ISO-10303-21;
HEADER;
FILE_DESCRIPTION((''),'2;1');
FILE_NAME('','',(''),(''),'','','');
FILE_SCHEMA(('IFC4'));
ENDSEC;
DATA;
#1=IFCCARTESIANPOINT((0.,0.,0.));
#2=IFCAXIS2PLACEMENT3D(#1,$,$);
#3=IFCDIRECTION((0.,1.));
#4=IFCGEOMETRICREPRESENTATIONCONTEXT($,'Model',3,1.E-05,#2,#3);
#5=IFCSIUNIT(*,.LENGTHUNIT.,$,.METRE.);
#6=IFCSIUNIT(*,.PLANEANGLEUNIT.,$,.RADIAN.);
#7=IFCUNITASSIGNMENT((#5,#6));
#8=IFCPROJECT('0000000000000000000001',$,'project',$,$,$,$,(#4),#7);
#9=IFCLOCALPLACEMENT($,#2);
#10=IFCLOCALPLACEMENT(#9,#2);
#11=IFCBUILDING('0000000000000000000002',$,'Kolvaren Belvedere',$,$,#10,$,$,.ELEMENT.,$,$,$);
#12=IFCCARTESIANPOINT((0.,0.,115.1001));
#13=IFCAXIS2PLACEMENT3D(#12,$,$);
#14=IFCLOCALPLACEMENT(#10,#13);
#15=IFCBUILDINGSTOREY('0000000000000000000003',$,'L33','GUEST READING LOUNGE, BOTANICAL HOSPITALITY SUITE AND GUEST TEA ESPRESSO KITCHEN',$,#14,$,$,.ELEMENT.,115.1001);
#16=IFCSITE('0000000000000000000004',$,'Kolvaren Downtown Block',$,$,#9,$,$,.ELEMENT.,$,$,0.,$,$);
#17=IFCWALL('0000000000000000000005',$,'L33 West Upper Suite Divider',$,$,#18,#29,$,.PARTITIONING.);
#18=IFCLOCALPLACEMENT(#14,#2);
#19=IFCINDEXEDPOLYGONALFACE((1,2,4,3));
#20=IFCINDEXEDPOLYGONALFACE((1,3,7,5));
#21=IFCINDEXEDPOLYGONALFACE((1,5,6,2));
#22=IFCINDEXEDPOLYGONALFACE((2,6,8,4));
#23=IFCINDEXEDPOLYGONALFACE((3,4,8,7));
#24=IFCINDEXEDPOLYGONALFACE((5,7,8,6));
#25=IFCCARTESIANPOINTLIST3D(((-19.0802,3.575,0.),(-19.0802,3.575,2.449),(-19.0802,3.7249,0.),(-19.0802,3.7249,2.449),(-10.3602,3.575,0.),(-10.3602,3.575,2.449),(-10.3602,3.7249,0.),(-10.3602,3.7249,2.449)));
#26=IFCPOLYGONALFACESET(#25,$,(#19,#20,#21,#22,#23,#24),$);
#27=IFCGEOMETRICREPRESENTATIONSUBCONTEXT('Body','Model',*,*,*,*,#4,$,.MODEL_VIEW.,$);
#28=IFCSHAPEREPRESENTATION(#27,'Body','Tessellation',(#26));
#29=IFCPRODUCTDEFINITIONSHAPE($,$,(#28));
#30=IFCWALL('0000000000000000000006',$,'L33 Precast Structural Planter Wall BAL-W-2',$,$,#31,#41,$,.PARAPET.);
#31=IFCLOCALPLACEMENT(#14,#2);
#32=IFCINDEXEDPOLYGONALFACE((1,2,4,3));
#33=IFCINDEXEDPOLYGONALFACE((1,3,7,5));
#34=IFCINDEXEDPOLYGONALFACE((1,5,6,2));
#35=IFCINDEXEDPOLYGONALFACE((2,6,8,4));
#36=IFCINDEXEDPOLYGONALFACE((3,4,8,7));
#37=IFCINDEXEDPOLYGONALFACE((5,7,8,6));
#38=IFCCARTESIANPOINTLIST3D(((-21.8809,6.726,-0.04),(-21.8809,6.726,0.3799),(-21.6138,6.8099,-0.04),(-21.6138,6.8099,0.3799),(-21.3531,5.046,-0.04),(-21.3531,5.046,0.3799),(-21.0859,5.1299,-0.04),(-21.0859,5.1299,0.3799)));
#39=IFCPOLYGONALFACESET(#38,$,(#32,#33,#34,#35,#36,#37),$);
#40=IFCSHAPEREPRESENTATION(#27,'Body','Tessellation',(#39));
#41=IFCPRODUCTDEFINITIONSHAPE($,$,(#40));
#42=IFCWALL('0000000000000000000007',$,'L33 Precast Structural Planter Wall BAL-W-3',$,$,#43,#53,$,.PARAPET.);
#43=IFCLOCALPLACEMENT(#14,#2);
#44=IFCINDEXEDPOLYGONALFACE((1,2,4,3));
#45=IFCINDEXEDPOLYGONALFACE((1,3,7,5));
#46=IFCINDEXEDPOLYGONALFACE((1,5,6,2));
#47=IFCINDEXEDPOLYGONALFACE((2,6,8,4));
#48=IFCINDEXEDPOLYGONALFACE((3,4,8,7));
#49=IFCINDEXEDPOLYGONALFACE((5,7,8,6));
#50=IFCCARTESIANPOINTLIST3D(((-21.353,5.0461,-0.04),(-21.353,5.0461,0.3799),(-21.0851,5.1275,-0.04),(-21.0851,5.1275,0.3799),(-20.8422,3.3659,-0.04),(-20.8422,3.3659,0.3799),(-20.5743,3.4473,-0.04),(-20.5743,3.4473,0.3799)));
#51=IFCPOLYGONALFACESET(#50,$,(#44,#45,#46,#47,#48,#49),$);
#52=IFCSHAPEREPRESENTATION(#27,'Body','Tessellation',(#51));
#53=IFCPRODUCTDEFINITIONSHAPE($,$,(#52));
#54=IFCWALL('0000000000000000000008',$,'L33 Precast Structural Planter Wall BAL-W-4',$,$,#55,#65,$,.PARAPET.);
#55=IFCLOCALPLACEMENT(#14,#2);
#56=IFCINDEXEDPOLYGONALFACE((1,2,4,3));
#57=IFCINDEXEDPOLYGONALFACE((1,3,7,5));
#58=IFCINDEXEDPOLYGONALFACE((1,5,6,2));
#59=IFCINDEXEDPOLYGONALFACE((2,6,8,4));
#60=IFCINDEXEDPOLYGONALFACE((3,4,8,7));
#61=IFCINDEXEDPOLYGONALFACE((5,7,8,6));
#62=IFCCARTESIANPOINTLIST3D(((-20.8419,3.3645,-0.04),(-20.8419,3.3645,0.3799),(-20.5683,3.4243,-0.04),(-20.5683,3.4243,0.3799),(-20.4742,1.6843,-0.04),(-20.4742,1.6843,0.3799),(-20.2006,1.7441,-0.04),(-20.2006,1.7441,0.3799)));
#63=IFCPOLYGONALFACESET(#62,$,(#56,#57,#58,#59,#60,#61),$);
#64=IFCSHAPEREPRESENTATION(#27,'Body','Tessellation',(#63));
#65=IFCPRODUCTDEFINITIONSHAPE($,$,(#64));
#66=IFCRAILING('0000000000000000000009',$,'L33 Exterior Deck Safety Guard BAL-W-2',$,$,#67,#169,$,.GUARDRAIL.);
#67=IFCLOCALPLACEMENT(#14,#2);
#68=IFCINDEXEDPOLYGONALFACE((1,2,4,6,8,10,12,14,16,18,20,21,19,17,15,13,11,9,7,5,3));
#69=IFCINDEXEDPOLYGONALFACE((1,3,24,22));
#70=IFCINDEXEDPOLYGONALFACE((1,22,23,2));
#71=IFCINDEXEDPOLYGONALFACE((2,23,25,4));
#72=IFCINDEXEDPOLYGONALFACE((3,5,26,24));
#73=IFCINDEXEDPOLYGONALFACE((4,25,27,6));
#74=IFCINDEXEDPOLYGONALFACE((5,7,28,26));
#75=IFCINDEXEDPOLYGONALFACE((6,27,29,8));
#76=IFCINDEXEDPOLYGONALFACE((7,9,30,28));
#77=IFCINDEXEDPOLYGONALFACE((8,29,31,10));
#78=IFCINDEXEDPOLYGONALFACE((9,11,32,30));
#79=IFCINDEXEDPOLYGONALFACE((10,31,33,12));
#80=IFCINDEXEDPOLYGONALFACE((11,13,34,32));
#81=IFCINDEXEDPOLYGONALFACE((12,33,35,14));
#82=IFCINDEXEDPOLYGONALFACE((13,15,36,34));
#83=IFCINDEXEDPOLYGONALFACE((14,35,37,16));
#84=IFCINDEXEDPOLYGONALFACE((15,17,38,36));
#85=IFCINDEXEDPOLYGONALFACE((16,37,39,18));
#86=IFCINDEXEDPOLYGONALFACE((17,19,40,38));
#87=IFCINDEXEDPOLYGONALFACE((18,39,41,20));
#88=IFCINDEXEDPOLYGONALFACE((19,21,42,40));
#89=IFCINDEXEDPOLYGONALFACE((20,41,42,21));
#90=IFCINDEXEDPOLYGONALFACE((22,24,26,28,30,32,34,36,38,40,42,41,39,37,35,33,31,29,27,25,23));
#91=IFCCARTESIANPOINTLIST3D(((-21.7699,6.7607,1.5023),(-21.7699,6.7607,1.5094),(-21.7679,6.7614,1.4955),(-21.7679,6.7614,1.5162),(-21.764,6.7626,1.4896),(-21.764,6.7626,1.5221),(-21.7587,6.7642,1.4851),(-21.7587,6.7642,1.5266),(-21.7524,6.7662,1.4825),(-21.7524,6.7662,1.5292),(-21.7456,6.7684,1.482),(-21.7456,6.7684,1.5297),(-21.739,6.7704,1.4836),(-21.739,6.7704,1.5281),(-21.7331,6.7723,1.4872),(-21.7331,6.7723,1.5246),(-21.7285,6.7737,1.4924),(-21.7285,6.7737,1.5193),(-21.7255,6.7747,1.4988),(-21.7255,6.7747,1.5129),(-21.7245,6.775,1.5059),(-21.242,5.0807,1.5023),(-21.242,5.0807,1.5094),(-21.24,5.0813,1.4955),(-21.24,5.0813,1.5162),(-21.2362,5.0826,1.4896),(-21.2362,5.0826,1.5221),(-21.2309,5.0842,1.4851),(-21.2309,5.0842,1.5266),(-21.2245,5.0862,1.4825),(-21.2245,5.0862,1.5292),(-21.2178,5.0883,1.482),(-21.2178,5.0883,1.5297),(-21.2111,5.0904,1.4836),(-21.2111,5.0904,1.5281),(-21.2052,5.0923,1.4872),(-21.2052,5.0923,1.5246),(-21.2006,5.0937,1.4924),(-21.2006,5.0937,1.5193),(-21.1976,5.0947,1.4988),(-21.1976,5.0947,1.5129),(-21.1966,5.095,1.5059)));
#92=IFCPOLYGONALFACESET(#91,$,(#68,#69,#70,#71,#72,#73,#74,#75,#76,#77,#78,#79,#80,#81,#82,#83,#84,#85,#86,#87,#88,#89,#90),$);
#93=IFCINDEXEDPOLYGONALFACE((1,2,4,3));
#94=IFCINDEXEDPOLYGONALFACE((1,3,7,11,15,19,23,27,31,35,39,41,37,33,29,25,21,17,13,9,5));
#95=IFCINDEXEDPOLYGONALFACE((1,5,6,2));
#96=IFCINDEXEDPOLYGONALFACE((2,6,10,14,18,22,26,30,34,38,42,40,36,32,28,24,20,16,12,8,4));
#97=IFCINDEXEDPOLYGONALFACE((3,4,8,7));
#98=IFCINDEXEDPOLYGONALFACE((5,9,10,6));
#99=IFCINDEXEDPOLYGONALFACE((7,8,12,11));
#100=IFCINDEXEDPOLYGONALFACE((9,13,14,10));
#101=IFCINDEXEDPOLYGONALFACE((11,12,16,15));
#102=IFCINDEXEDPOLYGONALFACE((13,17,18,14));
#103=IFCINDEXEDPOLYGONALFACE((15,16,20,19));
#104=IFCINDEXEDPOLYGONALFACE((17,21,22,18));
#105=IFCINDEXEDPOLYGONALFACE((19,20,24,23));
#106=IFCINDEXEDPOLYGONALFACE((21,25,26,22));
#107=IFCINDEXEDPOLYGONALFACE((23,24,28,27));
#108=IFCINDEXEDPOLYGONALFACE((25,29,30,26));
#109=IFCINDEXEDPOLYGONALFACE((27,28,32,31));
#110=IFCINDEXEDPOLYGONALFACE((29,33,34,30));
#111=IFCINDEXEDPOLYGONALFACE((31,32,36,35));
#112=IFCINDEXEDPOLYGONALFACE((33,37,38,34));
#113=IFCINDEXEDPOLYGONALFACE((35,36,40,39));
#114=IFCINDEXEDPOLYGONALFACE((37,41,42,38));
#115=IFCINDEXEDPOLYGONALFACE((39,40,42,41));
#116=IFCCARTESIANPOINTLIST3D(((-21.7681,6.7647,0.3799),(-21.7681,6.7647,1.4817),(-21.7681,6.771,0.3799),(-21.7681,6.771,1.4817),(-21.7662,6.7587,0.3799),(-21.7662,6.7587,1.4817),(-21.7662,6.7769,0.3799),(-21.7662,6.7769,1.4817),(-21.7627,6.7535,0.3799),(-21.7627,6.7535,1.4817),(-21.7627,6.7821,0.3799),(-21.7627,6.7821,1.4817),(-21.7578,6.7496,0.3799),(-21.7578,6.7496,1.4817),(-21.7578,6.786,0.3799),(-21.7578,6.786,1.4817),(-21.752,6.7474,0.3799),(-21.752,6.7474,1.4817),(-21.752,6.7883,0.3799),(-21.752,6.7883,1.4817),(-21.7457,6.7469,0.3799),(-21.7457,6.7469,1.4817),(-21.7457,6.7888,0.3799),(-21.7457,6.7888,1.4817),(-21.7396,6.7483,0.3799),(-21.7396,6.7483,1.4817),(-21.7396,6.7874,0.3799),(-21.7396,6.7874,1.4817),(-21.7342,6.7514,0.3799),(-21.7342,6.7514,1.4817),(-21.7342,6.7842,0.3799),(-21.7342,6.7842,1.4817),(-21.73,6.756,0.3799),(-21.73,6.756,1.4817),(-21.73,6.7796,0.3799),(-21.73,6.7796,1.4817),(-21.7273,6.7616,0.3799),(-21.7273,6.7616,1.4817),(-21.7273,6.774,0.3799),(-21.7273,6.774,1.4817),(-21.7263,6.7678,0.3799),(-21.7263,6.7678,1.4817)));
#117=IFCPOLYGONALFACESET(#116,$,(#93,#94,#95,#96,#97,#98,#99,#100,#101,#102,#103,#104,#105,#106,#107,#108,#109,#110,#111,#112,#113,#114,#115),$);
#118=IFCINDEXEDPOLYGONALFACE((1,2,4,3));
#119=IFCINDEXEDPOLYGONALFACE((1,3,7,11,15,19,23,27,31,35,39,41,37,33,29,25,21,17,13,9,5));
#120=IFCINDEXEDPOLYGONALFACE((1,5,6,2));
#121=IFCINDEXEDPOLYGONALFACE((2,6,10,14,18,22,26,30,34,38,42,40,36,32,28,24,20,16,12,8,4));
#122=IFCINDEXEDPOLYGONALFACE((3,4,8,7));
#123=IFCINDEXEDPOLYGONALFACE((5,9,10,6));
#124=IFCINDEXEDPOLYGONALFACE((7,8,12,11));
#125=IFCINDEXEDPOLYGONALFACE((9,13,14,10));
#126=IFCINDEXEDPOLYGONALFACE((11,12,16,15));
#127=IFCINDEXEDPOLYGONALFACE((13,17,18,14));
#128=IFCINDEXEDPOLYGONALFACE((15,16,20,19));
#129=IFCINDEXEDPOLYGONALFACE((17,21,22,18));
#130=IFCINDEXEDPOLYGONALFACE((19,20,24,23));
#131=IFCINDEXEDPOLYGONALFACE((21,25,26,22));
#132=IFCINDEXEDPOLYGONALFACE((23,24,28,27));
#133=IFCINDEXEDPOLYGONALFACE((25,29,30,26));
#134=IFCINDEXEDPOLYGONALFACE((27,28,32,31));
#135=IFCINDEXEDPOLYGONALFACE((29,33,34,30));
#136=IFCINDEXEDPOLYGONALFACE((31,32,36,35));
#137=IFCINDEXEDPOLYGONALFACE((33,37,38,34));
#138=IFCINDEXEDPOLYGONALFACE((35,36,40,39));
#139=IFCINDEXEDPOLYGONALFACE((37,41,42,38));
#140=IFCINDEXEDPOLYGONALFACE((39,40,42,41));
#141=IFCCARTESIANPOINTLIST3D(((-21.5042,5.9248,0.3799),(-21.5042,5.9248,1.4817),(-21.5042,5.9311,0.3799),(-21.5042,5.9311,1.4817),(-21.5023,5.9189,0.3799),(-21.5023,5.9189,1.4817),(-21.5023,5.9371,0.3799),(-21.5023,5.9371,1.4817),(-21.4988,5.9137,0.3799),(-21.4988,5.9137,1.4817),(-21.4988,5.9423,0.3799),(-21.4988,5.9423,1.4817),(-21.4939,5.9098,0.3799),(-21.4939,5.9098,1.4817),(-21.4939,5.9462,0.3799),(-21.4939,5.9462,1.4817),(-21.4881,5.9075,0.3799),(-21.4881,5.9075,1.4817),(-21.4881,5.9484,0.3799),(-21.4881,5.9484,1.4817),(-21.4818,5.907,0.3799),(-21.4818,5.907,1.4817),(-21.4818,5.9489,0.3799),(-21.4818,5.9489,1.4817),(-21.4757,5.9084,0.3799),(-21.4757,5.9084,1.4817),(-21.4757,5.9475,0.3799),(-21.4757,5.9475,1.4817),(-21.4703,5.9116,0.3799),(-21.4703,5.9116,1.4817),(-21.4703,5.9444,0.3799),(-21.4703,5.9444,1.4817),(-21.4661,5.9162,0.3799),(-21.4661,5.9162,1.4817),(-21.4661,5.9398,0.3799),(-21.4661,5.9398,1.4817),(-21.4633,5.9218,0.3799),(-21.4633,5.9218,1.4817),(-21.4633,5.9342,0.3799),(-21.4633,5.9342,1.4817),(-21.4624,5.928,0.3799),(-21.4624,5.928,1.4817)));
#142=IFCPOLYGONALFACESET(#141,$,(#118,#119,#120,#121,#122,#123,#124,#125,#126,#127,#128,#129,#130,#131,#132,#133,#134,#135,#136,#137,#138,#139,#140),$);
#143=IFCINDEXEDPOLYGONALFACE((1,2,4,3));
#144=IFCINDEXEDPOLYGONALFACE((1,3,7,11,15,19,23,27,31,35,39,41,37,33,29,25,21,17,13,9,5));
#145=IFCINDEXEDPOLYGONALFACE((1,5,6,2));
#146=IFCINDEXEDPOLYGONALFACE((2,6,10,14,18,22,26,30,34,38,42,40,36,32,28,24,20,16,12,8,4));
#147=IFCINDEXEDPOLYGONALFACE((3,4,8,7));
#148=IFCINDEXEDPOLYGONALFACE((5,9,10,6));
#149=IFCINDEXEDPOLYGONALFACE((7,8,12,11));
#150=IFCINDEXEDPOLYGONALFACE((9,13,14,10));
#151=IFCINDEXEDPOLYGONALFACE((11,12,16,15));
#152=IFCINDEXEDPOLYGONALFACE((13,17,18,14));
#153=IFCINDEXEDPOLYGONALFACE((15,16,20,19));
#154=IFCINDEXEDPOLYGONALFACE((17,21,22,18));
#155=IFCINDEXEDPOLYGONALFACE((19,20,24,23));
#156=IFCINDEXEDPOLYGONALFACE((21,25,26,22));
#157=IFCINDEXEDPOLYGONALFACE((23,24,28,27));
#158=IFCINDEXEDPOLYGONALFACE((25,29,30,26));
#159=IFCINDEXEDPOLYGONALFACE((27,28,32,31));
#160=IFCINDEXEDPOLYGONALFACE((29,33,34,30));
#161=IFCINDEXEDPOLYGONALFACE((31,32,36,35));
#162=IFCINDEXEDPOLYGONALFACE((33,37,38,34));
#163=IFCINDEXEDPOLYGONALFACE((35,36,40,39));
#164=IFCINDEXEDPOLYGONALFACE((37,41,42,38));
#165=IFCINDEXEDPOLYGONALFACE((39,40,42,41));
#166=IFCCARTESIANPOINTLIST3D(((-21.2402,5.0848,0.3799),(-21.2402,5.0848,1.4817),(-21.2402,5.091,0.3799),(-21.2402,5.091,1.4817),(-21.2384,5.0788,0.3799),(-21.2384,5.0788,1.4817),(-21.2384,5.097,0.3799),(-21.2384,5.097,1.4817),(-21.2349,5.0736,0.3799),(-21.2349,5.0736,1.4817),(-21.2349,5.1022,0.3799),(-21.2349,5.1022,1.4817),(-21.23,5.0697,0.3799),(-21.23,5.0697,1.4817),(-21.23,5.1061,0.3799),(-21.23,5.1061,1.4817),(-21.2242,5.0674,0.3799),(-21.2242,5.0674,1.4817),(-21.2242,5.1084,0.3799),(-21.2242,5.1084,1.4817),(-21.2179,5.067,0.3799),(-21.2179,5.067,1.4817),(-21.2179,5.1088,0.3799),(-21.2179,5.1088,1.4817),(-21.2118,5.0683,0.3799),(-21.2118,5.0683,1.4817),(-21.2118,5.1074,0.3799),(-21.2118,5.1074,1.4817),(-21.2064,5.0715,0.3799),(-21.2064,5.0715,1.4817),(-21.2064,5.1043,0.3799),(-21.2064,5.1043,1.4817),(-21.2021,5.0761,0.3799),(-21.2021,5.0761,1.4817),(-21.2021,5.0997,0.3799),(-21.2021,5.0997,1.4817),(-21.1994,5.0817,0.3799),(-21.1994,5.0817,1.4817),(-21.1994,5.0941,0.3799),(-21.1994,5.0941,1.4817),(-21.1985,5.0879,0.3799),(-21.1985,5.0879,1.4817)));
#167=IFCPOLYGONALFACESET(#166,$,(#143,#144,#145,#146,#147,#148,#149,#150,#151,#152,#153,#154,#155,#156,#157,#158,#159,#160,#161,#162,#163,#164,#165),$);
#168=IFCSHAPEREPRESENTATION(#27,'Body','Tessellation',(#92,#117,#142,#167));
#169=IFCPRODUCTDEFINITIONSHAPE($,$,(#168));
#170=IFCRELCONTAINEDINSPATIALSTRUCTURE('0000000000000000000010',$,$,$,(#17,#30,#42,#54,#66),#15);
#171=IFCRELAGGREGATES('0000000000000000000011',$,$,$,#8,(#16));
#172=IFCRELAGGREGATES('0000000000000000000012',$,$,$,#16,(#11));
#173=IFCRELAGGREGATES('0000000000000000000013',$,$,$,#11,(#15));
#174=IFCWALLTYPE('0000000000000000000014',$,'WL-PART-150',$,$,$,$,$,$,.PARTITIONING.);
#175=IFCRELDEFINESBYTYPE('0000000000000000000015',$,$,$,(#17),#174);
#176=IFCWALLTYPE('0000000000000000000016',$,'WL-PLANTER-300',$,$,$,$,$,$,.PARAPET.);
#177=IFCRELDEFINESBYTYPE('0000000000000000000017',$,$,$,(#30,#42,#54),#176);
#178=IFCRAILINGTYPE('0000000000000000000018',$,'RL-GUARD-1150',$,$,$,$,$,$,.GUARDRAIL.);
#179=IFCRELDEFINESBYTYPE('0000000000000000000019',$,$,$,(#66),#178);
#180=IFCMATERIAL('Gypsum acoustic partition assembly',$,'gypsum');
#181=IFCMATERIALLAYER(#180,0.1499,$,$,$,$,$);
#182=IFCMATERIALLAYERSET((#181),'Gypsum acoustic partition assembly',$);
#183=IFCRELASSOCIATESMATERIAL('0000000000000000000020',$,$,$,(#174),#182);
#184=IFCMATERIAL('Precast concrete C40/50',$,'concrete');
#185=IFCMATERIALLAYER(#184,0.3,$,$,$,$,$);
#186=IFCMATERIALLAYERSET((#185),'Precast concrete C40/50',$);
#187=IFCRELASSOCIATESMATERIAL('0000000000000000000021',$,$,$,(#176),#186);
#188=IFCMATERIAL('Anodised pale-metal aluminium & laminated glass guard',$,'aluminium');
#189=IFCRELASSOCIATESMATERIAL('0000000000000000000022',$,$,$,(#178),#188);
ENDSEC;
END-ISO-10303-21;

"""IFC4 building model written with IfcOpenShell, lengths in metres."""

from ifc_helpers import new_model, si_unit, direction, frame, frame_2d, origin, origin_2d, place, context, subcontext, project, spatial, rectangle, circle, extrude, material, layer, layer_set, type_object, element, save


model = new_model("IFC4")

# Units and contexts
model_context = context("Model", 3, precision=1e-05, world=origin(), true_north=direction((0.0, 1.0)))
body_context = subcontext(model_context, "Body", "Model", "MODEL_VIEW")
ifc_project = project(units=[si_unit("LENGTHUNIT", "METRE"), si_unit("PLANEANGLEUNIT", "RADIAN")], contexts=[model_context])

# Site, building, storey
site_placement = place(None, origin())
site = spatial("IfcSite", under=ifc_project, at=site_placement, Name="Kolvaren Downtown Block", CompositionType="ELEMENT", RefElevation=0.0)
building_placement = place(site_placement, origin())
building = spatial("IfcBuilding", under=site, at=building_placement, Name="Kolvaren Belvedere", CompositionType="ELEMENT")
storey_placement = place(building_placement, frame((0.0, 0.0, 115.1001)))
storey = spatial("IfcBuildingStorey", under=building, at=storey_placement, Name="L33", Description="GUEST READING LOUNGE, BOTANICAL HOSPITALITY SUITE AND GUEST TEA ESPRESSO KITCHEN", CompositionType="ELEMENT", Elevation=115.1001)

# Walls
ifc_material_1 = material(Name="Gypsum acoustic partition assembly", Category="gypsum")
ifc_layer_1 = layer(ifc_material_1, 0.1499)
ifc_layer_set_1 = layer_set([ifc_layer_1], Name="Gypsum acoustic partition assembly")
wall_type_1 = type_object("IfcWallType", Name="WL-PART-150", PredefinedType="PARTITIONING", material=ifc_layer_set_1)
wall_1_placement = place(storey_placement, frame((-19.0801, 3.6499, 0.0), z_axis=(0.0, 0.0, 1.0), x_axis=(1.0, 0.0, 0.0)))
element("IfcWall", 1, at=wall_1_placement, inside=storey, type_object=wall_type_1, Name="L33 West Upper Suite Divider", PredefinedType="PARTITIONING", context=body_context, shape_type="SweptSolid", body=[
    extrude(rectangle(XDim=8.72, YDim=0.1499, at=frame_2d((4.3599, 0.0))), origin(), (0.0, 0.0, 1.0), 2.449),
])
ifc_material_2 = material(Name="Precast concrete C40/50", Category="concrete")
ifc_layer_2 = layer(ifc_material_2, 0.3)
ifc_layer_set_2 = layer_set([ifc_layer_2], Name="Precast concrete C40/50")
wall_type_2 = type_object("IfcWallType", Name="WL-PLANTER-300", PredefinedType="PARAPET", material=ifc_layer_set_2)
wall_2_placement = place(storey_placement, frame((-21.7473, 6.7678, -0.04), z_axis=(0.0, 0.0, 1.0), x_axis=(0.299751, -0.954018, 0.0)))
element("IfcWall", 2, at=wall_2_placement, inside=storey, type_object=wall_type_2, Name="L33 Precast Structural Planter Wall BAL-W-2", PredefinedType="PARAPET", context=body_context, shape_type="SweptSolid", body=[
    extrude(rectangle(XDim=1.761, YDim=0.28, at=frame_2d((0.8804, 0.0))), origin(), (0.0, 0.0, 1.0), 0.4199),
])
wall_3_placement = place(storey_placement, frame((-21.219, 5.0867, -0.04), z_axis=(0.0, 0.0, 1.0), x_axis=(0.290841, -0.956771, 0.0)))
element("IfcWall", 3, at=wall_3_placement, inside=storey, type_object=wall_type_2, Name="L33 Precast Structural Planter Wall BAL-W-3", PredefinedType="PARAPET", context=body_context, shape_type="SweptSolid", body=[
    extrude(rectangle(XDim=1.7561, YDim=0.28, at=frame_2d((0.8779, 0.0))), origin(), (0.0, 0.0, 1.0), 0.4199),
])
wall_4_placement = place(storey_placement, frame((-20.7051, 3.3943, -0.04), z_axis=(0.0, 0.0, 1.0), x_axis=(0.213773, -0.976883, 0.0)))
element("IfcWall", 4, at=wall_4_placement, inside=storey, type_object=wall_type_2, Name="L33 Precast Structural Planter Wall BAL-W-4", PredefinedType="PARAPET", context=body_context, shape_type="SweptSolid", body=[
    extrude(rectangle(XDim=1.72, YDim=0.28, at=frame_2d((0.8599, 0.0))), origin(), (0.0, 0.0, 1.0), 0.4199),
])

# Railing
ifc_material_3 = material(Name="Anodised pale-metal aluminium & laminated glass guard", Category="aluminium")
railing_type = type_object("IfcRailingType", Name="RL-GUARD-1150", PredefinedType="GUARDRAIL", material=ifc_material_3)
railing_1_placement = place(storey_placement, frame((-21.7473, 6.7678, 0.3799)))
element("IfcRailing", 5, at=railing_1_placement, inside=storey, type_object=railing_type, Name="L33 Exterior Deck Safety Guard BAL-W-2", PredefinedType="GUARDRAIL", context=body_context, shape_type="SweptSolid", body=[
    extrude(circle(Radius=0.0239, at=origin_2d()), frame((0.0, 0.0, 1.126), z_axis=(0.299751, -0.954018, 0.0), x_axis=(0.954018, 0.299751, 0.0)), (0.0, 0.0, 1.0), 1.761),
    extrude(circle(Radius=0.021, at=origin_2d()), origin(), (0.0, 0.0, 1.0), 1.1018),
    extrude(circle(Radius=0.021, at=origin_2d()), frame((0.2639, -0.8398, 0.0)), (0.0, 0.0, 1.0), 1.1018),
    extrude(circle(Radius=0.021, at=origin_2d()), frame((0.5278, -1.6799, 0.0)), (0.0, 0.0, 1.0), 1.1018),
])

save(model, "model.ifc")
